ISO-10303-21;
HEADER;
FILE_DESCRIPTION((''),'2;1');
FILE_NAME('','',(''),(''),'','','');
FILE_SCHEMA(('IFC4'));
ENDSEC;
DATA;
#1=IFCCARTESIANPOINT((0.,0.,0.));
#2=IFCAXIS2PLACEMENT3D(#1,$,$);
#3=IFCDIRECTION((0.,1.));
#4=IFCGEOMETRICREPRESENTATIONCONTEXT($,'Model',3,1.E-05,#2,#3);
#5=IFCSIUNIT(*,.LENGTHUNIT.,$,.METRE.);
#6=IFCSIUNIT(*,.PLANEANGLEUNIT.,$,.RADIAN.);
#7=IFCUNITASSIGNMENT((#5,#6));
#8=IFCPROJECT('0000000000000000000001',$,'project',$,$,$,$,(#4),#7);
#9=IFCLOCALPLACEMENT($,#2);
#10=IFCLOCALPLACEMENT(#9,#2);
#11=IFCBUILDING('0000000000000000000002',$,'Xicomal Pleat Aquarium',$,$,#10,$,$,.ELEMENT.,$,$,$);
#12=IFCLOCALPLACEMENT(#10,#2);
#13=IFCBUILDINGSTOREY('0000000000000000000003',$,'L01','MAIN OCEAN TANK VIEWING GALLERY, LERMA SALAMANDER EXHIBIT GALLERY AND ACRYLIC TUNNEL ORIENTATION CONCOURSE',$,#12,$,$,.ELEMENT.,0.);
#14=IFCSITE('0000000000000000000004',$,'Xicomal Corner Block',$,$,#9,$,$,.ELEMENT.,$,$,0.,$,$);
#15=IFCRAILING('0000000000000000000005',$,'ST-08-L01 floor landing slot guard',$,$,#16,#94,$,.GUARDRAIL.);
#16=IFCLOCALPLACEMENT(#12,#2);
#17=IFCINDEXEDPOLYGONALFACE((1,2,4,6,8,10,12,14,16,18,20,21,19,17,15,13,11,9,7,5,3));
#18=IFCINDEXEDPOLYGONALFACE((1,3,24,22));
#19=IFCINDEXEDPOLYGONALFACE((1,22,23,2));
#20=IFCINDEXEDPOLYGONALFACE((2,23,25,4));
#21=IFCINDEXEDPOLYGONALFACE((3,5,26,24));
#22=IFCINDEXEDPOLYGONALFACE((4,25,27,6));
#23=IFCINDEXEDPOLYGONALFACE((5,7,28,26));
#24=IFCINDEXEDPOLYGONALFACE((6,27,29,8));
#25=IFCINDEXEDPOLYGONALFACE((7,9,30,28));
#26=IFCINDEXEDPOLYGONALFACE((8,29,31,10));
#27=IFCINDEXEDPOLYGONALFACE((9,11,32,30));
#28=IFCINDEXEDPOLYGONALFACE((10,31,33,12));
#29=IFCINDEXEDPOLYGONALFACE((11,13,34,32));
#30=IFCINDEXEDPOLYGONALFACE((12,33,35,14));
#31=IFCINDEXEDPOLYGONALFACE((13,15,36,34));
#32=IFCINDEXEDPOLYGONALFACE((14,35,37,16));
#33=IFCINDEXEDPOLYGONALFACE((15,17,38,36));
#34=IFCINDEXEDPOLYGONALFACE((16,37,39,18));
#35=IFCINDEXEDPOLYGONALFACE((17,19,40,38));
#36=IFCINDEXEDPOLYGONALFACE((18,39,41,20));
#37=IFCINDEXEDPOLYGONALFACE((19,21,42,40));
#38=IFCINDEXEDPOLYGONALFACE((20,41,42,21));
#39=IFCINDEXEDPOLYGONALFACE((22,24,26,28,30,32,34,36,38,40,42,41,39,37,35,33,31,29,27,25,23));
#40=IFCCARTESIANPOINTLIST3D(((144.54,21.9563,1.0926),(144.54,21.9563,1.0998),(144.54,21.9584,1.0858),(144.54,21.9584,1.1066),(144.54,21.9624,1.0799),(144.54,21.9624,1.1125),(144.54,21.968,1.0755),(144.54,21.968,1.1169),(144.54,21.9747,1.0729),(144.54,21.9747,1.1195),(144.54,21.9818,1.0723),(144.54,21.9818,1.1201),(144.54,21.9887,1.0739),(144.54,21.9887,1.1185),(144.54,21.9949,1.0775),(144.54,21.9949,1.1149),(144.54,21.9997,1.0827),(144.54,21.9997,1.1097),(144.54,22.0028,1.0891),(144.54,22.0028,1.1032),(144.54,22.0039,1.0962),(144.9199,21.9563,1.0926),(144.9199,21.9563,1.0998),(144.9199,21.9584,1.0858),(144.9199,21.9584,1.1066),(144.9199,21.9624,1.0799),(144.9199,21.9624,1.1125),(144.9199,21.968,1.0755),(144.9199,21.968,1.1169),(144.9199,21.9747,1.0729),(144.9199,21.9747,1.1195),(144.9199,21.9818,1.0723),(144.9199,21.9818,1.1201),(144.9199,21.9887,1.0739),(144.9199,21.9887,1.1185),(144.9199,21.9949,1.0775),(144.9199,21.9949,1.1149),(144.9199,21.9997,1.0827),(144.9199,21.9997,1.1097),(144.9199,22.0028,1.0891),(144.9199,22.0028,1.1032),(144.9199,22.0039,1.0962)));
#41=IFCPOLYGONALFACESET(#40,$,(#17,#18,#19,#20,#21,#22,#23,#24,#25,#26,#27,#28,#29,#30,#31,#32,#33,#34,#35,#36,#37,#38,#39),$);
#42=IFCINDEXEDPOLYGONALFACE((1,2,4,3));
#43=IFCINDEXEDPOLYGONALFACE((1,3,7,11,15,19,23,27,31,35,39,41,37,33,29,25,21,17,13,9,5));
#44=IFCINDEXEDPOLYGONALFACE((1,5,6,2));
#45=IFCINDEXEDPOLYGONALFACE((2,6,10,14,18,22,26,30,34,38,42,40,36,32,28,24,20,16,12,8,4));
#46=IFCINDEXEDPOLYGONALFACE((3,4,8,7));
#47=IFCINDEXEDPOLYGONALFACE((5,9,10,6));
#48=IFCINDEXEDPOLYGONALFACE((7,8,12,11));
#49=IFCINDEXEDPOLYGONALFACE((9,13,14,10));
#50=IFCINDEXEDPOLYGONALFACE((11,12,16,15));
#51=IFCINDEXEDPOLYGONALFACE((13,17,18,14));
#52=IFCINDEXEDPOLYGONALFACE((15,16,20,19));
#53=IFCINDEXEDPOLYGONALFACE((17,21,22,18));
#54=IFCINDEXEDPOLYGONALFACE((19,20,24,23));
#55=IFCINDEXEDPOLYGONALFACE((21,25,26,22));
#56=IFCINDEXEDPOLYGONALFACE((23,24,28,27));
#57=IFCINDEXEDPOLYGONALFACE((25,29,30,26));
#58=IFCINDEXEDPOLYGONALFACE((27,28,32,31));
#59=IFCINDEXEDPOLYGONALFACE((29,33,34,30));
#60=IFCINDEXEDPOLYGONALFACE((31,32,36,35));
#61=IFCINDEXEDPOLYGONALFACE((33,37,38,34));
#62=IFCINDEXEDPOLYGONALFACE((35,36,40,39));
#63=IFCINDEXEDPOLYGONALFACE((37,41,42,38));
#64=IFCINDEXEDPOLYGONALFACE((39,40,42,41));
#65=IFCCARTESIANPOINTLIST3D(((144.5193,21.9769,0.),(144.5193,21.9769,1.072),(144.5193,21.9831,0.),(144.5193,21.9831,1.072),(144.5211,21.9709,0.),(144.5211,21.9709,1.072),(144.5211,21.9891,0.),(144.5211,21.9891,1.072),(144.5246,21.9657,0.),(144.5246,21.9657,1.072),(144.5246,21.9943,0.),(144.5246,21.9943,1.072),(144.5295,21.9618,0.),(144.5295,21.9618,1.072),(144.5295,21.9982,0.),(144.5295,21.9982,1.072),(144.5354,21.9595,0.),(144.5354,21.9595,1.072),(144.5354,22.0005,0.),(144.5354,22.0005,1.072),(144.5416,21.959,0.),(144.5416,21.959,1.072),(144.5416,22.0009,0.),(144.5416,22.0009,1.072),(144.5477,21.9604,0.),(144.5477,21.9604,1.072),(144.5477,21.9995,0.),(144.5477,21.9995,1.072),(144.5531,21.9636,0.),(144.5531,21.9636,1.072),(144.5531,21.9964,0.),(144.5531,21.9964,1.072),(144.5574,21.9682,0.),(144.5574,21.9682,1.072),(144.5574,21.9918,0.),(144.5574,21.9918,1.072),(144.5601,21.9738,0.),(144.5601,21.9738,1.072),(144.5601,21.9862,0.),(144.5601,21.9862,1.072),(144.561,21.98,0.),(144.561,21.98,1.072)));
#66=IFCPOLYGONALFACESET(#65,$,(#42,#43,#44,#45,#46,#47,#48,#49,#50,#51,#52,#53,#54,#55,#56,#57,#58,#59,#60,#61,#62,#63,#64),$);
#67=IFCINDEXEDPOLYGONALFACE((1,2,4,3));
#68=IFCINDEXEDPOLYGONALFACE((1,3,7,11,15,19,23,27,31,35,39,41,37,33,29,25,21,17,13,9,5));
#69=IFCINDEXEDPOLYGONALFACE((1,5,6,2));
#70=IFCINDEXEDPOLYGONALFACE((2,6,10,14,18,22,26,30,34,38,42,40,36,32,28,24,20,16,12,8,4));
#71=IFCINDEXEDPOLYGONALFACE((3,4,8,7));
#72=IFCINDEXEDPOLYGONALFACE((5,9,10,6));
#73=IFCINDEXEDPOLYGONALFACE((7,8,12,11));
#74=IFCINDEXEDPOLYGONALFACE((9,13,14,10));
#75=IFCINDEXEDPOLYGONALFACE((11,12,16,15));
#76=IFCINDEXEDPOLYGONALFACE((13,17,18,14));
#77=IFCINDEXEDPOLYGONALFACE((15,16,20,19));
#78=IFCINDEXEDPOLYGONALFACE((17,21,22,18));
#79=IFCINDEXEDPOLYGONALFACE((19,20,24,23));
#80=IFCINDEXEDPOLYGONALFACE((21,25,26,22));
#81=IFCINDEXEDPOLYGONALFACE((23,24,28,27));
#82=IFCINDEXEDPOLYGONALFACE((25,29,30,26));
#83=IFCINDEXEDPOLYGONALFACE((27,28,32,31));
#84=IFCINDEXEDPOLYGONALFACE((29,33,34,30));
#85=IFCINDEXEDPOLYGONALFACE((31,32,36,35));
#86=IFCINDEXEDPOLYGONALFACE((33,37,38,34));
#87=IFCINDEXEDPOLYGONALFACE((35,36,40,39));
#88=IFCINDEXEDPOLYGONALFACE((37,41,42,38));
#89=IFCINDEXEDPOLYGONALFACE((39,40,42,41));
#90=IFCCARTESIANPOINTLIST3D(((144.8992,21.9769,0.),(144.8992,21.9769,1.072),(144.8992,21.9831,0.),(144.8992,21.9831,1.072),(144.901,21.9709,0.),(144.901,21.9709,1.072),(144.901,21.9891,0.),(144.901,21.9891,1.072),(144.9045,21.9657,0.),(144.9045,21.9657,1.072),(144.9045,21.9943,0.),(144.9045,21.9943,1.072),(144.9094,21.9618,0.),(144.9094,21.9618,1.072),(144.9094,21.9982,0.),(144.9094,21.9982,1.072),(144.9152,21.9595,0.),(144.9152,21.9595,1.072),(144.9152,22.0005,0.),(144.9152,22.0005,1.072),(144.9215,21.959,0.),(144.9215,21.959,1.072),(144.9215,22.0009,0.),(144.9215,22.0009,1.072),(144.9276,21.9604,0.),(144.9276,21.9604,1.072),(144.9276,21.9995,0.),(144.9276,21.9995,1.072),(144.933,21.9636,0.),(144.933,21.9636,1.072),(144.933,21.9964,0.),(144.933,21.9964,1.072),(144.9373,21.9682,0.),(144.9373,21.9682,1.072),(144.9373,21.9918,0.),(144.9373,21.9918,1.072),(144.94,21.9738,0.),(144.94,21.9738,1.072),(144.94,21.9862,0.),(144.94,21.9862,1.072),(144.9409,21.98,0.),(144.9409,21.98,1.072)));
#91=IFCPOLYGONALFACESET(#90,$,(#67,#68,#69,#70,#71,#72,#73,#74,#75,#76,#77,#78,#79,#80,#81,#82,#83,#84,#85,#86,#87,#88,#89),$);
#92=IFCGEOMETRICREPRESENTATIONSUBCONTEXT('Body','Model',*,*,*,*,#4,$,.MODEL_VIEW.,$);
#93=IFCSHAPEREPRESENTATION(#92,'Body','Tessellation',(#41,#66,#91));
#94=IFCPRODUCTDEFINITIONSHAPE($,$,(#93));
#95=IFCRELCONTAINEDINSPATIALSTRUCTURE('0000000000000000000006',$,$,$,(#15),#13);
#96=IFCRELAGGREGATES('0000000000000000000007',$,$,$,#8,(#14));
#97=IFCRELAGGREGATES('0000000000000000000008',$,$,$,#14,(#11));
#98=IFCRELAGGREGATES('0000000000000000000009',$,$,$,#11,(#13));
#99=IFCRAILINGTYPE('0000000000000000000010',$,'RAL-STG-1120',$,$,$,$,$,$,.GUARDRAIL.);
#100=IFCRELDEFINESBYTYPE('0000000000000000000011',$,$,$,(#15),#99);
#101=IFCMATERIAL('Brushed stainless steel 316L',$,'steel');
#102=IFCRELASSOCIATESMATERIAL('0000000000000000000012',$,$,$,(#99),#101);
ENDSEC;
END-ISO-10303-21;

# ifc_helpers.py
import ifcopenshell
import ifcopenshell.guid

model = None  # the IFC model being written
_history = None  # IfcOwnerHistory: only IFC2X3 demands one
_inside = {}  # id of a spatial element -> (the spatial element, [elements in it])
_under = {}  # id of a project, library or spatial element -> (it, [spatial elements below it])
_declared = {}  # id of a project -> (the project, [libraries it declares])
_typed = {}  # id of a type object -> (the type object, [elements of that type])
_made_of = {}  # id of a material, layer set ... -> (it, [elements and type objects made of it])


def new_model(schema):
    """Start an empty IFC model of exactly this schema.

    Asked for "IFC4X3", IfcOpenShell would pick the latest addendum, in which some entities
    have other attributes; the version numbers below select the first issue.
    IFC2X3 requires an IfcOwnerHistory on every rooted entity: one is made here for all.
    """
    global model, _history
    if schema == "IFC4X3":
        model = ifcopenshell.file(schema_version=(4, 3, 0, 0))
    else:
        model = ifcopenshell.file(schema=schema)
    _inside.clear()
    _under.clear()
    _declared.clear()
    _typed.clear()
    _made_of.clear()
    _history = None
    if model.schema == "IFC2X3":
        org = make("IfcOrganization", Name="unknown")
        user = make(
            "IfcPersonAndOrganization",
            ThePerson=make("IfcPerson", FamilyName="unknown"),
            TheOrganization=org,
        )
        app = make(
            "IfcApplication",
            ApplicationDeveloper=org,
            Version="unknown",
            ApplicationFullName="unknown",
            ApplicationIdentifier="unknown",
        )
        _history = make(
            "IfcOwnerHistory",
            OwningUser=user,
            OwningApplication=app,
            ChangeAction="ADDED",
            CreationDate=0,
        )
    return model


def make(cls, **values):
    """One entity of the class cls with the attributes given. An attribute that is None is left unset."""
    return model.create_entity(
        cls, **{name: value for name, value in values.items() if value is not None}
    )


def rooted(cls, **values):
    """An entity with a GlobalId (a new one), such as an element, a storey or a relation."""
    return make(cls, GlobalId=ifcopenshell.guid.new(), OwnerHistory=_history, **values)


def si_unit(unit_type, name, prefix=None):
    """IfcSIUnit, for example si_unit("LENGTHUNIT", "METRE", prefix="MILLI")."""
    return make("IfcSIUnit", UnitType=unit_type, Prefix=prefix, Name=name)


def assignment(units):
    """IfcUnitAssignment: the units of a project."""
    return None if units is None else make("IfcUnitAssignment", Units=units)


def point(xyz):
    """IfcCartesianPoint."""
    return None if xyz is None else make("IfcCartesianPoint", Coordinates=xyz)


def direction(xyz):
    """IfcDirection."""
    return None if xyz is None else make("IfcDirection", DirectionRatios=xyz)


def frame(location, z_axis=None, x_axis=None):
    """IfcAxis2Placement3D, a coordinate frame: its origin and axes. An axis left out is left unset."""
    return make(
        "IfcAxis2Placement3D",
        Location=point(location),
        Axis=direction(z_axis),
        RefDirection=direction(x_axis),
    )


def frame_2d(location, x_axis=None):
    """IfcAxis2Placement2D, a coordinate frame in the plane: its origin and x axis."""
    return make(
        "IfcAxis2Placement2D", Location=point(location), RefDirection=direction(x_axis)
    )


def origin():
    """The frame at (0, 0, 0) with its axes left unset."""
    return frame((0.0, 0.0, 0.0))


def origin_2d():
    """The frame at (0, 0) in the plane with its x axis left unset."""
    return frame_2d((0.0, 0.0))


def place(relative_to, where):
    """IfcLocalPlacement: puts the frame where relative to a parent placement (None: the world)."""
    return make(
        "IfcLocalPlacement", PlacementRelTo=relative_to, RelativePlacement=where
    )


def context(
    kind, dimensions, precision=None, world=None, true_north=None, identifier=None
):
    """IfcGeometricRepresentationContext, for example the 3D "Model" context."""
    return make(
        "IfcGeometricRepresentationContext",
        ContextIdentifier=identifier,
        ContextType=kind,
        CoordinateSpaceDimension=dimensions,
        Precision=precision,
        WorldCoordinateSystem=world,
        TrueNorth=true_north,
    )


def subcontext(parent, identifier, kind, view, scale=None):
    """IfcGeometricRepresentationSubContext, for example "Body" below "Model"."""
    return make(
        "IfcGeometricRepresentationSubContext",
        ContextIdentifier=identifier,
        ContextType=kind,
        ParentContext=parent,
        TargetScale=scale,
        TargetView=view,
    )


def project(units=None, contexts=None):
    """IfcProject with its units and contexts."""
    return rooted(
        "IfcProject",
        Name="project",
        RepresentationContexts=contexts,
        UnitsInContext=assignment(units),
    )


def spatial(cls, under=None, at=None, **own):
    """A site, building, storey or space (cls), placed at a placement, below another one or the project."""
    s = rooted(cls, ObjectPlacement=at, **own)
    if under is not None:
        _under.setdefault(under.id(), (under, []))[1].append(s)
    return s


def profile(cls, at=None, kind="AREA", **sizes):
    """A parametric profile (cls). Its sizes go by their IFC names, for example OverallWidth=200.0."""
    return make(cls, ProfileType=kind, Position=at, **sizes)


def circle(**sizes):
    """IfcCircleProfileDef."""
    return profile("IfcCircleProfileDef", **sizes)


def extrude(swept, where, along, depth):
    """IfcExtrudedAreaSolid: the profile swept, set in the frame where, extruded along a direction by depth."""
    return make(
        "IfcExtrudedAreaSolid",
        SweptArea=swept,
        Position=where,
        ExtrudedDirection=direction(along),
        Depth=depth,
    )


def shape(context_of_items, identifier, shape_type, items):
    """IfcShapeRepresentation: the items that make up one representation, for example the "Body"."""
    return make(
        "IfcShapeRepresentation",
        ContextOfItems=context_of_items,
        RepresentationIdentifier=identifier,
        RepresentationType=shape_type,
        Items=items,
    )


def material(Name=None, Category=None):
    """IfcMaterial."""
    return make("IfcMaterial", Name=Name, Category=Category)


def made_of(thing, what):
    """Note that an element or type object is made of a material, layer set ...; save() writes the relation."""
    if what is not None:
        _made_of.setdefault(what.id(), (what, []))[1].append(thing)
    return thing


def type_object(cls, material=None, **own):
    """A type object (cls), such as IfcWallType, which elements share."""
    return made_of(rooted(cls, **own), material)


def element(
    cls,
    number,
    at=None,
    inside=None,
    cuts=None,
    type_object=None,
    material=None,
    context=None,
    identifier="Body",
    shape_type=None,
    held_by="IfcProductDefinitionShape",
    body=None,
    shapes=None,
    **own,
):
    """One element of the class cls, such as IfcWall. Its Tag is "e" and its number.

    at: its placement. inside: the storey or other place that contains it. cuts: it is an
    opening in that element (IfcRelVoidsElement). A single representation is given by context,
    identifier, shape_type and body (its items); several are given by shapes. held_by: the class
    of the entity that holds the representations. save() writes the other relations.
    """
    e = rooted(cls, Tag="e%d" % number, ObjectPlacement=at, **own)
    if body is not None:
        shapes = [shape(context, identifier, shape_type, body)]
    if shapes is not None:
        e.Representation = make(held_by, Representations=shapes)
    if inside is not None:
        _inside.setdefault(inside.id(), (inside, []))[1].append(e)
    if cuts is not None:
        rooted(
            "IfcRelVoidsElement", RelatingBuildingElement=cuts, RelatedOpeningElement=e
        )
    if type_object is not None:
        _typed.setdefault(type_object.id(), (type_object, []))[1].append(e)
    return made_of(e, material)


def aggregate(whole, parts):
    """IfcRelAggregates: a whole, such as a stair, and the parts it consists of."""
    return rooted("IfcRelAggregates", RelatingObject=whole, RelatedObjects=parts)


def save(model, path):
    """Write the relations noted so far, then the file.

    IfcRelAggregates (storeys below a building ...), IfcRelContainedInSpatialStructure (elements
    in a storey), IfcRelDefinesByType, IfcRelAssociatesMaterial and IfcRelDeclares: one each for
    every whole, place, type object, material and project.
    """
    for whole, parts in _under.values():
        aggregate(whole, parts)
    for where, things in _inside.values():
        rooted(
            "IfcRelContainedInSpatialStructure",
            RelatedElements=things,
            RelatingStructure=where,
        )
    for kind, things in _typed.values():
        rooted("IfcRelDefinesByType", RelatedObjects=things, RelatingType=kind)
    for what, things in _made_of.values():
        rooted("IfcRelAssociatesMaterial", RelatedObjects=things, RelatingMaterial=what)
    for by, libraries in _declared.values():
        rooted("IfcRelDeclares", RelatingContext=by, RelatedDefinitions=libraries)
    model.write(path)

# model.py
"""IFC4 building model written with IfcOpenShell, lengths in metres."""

from ifc_helpers import new_model, si_unit, direction, frame, origin, origin_2d, place, context, subcontext, project, spatial, circle, extrude, material, type_object, element, save


model = new_model("IFC4")

# Units and contexts
model_context = context("Model", 3, precision=1e-05, world=origin(), true_north=direction((0.0, 1.0)))
body_context = subcontext(model_context, "Body", "Model", "MODEL_VIEW")
ifc_project = project(units=[si_unit("LENGTHUNIT", "METRE"), si_unit("PLANEANGLEUNIT", "RADIAN")], contexts=[model_context])

# Site, building, storey
site_placement = place(None, origin())
site = spatial("IfcSite", under=ifc_project, at=site_placement, Name="Xicomal Corner Block", CompositionType="ELEMENT", RefElevation=0.0)
building_placement = place(site_placement, origin())
building = spatial("IfcBuilding", under=site, at=building_placement, Name="Xicomal Pleat Aquarium", CompositionType="ELEMENT")
storey_placement = place(building_placement, origin())
storey = spatial("IfcBuildingStorey", under=building, at=storey_placement, Name="L01", Description="MAIN OCEAN TANK VIEWING GALLERY, LERMA SALAMANDER EXHIBIT GALLERY AND ACRYLIC TUNNEL ORIENTATION CONCOURSE", CompositionType="ELEMENT", Elevation=0.0)

# Railing
ifc_material_1 = material(Name="Brushed stainless steel 316L", Category="steel")
railing_type_1 = type_object("IfcRailingType", Name="RAL-STG-1120", PredefinedType="GUARDRAIL", material=ifc_material_1)
railing_1_placement = place(storey_placement, frame((144.54, 21.98, 0.0)))
element("IfcRailing", 1, at=railing_1_placement, inside=storey, type_object=railing_type_1, Name="ST-08-L01 floor landing slot guard", PredefinedType="GUARDRAIL", context=body_context, shape_type="SweptSolid", body=[
    extrude(circle(Radius=0.0239, at=origin_2d()), frame((0.0, 0.0, 1.0962), z_axis=(1.0, 0.0, 0.0), x_axis=(0.0, 1.0, 0.0)), (0.0, 0.0, 1.0), 0.3799),
    extrude(circle(Radius=0.021, at=origin_2d()), origin(), (0.0, 0.0, 1.0), 1.072),
    extrude(circle(Radius=0.021, at=origin_2d()), frame((0.3799, 0.0, 0.0)), (0.0, 0.0, 1.0), 1.072),
])

save(model, "model.ifc")
